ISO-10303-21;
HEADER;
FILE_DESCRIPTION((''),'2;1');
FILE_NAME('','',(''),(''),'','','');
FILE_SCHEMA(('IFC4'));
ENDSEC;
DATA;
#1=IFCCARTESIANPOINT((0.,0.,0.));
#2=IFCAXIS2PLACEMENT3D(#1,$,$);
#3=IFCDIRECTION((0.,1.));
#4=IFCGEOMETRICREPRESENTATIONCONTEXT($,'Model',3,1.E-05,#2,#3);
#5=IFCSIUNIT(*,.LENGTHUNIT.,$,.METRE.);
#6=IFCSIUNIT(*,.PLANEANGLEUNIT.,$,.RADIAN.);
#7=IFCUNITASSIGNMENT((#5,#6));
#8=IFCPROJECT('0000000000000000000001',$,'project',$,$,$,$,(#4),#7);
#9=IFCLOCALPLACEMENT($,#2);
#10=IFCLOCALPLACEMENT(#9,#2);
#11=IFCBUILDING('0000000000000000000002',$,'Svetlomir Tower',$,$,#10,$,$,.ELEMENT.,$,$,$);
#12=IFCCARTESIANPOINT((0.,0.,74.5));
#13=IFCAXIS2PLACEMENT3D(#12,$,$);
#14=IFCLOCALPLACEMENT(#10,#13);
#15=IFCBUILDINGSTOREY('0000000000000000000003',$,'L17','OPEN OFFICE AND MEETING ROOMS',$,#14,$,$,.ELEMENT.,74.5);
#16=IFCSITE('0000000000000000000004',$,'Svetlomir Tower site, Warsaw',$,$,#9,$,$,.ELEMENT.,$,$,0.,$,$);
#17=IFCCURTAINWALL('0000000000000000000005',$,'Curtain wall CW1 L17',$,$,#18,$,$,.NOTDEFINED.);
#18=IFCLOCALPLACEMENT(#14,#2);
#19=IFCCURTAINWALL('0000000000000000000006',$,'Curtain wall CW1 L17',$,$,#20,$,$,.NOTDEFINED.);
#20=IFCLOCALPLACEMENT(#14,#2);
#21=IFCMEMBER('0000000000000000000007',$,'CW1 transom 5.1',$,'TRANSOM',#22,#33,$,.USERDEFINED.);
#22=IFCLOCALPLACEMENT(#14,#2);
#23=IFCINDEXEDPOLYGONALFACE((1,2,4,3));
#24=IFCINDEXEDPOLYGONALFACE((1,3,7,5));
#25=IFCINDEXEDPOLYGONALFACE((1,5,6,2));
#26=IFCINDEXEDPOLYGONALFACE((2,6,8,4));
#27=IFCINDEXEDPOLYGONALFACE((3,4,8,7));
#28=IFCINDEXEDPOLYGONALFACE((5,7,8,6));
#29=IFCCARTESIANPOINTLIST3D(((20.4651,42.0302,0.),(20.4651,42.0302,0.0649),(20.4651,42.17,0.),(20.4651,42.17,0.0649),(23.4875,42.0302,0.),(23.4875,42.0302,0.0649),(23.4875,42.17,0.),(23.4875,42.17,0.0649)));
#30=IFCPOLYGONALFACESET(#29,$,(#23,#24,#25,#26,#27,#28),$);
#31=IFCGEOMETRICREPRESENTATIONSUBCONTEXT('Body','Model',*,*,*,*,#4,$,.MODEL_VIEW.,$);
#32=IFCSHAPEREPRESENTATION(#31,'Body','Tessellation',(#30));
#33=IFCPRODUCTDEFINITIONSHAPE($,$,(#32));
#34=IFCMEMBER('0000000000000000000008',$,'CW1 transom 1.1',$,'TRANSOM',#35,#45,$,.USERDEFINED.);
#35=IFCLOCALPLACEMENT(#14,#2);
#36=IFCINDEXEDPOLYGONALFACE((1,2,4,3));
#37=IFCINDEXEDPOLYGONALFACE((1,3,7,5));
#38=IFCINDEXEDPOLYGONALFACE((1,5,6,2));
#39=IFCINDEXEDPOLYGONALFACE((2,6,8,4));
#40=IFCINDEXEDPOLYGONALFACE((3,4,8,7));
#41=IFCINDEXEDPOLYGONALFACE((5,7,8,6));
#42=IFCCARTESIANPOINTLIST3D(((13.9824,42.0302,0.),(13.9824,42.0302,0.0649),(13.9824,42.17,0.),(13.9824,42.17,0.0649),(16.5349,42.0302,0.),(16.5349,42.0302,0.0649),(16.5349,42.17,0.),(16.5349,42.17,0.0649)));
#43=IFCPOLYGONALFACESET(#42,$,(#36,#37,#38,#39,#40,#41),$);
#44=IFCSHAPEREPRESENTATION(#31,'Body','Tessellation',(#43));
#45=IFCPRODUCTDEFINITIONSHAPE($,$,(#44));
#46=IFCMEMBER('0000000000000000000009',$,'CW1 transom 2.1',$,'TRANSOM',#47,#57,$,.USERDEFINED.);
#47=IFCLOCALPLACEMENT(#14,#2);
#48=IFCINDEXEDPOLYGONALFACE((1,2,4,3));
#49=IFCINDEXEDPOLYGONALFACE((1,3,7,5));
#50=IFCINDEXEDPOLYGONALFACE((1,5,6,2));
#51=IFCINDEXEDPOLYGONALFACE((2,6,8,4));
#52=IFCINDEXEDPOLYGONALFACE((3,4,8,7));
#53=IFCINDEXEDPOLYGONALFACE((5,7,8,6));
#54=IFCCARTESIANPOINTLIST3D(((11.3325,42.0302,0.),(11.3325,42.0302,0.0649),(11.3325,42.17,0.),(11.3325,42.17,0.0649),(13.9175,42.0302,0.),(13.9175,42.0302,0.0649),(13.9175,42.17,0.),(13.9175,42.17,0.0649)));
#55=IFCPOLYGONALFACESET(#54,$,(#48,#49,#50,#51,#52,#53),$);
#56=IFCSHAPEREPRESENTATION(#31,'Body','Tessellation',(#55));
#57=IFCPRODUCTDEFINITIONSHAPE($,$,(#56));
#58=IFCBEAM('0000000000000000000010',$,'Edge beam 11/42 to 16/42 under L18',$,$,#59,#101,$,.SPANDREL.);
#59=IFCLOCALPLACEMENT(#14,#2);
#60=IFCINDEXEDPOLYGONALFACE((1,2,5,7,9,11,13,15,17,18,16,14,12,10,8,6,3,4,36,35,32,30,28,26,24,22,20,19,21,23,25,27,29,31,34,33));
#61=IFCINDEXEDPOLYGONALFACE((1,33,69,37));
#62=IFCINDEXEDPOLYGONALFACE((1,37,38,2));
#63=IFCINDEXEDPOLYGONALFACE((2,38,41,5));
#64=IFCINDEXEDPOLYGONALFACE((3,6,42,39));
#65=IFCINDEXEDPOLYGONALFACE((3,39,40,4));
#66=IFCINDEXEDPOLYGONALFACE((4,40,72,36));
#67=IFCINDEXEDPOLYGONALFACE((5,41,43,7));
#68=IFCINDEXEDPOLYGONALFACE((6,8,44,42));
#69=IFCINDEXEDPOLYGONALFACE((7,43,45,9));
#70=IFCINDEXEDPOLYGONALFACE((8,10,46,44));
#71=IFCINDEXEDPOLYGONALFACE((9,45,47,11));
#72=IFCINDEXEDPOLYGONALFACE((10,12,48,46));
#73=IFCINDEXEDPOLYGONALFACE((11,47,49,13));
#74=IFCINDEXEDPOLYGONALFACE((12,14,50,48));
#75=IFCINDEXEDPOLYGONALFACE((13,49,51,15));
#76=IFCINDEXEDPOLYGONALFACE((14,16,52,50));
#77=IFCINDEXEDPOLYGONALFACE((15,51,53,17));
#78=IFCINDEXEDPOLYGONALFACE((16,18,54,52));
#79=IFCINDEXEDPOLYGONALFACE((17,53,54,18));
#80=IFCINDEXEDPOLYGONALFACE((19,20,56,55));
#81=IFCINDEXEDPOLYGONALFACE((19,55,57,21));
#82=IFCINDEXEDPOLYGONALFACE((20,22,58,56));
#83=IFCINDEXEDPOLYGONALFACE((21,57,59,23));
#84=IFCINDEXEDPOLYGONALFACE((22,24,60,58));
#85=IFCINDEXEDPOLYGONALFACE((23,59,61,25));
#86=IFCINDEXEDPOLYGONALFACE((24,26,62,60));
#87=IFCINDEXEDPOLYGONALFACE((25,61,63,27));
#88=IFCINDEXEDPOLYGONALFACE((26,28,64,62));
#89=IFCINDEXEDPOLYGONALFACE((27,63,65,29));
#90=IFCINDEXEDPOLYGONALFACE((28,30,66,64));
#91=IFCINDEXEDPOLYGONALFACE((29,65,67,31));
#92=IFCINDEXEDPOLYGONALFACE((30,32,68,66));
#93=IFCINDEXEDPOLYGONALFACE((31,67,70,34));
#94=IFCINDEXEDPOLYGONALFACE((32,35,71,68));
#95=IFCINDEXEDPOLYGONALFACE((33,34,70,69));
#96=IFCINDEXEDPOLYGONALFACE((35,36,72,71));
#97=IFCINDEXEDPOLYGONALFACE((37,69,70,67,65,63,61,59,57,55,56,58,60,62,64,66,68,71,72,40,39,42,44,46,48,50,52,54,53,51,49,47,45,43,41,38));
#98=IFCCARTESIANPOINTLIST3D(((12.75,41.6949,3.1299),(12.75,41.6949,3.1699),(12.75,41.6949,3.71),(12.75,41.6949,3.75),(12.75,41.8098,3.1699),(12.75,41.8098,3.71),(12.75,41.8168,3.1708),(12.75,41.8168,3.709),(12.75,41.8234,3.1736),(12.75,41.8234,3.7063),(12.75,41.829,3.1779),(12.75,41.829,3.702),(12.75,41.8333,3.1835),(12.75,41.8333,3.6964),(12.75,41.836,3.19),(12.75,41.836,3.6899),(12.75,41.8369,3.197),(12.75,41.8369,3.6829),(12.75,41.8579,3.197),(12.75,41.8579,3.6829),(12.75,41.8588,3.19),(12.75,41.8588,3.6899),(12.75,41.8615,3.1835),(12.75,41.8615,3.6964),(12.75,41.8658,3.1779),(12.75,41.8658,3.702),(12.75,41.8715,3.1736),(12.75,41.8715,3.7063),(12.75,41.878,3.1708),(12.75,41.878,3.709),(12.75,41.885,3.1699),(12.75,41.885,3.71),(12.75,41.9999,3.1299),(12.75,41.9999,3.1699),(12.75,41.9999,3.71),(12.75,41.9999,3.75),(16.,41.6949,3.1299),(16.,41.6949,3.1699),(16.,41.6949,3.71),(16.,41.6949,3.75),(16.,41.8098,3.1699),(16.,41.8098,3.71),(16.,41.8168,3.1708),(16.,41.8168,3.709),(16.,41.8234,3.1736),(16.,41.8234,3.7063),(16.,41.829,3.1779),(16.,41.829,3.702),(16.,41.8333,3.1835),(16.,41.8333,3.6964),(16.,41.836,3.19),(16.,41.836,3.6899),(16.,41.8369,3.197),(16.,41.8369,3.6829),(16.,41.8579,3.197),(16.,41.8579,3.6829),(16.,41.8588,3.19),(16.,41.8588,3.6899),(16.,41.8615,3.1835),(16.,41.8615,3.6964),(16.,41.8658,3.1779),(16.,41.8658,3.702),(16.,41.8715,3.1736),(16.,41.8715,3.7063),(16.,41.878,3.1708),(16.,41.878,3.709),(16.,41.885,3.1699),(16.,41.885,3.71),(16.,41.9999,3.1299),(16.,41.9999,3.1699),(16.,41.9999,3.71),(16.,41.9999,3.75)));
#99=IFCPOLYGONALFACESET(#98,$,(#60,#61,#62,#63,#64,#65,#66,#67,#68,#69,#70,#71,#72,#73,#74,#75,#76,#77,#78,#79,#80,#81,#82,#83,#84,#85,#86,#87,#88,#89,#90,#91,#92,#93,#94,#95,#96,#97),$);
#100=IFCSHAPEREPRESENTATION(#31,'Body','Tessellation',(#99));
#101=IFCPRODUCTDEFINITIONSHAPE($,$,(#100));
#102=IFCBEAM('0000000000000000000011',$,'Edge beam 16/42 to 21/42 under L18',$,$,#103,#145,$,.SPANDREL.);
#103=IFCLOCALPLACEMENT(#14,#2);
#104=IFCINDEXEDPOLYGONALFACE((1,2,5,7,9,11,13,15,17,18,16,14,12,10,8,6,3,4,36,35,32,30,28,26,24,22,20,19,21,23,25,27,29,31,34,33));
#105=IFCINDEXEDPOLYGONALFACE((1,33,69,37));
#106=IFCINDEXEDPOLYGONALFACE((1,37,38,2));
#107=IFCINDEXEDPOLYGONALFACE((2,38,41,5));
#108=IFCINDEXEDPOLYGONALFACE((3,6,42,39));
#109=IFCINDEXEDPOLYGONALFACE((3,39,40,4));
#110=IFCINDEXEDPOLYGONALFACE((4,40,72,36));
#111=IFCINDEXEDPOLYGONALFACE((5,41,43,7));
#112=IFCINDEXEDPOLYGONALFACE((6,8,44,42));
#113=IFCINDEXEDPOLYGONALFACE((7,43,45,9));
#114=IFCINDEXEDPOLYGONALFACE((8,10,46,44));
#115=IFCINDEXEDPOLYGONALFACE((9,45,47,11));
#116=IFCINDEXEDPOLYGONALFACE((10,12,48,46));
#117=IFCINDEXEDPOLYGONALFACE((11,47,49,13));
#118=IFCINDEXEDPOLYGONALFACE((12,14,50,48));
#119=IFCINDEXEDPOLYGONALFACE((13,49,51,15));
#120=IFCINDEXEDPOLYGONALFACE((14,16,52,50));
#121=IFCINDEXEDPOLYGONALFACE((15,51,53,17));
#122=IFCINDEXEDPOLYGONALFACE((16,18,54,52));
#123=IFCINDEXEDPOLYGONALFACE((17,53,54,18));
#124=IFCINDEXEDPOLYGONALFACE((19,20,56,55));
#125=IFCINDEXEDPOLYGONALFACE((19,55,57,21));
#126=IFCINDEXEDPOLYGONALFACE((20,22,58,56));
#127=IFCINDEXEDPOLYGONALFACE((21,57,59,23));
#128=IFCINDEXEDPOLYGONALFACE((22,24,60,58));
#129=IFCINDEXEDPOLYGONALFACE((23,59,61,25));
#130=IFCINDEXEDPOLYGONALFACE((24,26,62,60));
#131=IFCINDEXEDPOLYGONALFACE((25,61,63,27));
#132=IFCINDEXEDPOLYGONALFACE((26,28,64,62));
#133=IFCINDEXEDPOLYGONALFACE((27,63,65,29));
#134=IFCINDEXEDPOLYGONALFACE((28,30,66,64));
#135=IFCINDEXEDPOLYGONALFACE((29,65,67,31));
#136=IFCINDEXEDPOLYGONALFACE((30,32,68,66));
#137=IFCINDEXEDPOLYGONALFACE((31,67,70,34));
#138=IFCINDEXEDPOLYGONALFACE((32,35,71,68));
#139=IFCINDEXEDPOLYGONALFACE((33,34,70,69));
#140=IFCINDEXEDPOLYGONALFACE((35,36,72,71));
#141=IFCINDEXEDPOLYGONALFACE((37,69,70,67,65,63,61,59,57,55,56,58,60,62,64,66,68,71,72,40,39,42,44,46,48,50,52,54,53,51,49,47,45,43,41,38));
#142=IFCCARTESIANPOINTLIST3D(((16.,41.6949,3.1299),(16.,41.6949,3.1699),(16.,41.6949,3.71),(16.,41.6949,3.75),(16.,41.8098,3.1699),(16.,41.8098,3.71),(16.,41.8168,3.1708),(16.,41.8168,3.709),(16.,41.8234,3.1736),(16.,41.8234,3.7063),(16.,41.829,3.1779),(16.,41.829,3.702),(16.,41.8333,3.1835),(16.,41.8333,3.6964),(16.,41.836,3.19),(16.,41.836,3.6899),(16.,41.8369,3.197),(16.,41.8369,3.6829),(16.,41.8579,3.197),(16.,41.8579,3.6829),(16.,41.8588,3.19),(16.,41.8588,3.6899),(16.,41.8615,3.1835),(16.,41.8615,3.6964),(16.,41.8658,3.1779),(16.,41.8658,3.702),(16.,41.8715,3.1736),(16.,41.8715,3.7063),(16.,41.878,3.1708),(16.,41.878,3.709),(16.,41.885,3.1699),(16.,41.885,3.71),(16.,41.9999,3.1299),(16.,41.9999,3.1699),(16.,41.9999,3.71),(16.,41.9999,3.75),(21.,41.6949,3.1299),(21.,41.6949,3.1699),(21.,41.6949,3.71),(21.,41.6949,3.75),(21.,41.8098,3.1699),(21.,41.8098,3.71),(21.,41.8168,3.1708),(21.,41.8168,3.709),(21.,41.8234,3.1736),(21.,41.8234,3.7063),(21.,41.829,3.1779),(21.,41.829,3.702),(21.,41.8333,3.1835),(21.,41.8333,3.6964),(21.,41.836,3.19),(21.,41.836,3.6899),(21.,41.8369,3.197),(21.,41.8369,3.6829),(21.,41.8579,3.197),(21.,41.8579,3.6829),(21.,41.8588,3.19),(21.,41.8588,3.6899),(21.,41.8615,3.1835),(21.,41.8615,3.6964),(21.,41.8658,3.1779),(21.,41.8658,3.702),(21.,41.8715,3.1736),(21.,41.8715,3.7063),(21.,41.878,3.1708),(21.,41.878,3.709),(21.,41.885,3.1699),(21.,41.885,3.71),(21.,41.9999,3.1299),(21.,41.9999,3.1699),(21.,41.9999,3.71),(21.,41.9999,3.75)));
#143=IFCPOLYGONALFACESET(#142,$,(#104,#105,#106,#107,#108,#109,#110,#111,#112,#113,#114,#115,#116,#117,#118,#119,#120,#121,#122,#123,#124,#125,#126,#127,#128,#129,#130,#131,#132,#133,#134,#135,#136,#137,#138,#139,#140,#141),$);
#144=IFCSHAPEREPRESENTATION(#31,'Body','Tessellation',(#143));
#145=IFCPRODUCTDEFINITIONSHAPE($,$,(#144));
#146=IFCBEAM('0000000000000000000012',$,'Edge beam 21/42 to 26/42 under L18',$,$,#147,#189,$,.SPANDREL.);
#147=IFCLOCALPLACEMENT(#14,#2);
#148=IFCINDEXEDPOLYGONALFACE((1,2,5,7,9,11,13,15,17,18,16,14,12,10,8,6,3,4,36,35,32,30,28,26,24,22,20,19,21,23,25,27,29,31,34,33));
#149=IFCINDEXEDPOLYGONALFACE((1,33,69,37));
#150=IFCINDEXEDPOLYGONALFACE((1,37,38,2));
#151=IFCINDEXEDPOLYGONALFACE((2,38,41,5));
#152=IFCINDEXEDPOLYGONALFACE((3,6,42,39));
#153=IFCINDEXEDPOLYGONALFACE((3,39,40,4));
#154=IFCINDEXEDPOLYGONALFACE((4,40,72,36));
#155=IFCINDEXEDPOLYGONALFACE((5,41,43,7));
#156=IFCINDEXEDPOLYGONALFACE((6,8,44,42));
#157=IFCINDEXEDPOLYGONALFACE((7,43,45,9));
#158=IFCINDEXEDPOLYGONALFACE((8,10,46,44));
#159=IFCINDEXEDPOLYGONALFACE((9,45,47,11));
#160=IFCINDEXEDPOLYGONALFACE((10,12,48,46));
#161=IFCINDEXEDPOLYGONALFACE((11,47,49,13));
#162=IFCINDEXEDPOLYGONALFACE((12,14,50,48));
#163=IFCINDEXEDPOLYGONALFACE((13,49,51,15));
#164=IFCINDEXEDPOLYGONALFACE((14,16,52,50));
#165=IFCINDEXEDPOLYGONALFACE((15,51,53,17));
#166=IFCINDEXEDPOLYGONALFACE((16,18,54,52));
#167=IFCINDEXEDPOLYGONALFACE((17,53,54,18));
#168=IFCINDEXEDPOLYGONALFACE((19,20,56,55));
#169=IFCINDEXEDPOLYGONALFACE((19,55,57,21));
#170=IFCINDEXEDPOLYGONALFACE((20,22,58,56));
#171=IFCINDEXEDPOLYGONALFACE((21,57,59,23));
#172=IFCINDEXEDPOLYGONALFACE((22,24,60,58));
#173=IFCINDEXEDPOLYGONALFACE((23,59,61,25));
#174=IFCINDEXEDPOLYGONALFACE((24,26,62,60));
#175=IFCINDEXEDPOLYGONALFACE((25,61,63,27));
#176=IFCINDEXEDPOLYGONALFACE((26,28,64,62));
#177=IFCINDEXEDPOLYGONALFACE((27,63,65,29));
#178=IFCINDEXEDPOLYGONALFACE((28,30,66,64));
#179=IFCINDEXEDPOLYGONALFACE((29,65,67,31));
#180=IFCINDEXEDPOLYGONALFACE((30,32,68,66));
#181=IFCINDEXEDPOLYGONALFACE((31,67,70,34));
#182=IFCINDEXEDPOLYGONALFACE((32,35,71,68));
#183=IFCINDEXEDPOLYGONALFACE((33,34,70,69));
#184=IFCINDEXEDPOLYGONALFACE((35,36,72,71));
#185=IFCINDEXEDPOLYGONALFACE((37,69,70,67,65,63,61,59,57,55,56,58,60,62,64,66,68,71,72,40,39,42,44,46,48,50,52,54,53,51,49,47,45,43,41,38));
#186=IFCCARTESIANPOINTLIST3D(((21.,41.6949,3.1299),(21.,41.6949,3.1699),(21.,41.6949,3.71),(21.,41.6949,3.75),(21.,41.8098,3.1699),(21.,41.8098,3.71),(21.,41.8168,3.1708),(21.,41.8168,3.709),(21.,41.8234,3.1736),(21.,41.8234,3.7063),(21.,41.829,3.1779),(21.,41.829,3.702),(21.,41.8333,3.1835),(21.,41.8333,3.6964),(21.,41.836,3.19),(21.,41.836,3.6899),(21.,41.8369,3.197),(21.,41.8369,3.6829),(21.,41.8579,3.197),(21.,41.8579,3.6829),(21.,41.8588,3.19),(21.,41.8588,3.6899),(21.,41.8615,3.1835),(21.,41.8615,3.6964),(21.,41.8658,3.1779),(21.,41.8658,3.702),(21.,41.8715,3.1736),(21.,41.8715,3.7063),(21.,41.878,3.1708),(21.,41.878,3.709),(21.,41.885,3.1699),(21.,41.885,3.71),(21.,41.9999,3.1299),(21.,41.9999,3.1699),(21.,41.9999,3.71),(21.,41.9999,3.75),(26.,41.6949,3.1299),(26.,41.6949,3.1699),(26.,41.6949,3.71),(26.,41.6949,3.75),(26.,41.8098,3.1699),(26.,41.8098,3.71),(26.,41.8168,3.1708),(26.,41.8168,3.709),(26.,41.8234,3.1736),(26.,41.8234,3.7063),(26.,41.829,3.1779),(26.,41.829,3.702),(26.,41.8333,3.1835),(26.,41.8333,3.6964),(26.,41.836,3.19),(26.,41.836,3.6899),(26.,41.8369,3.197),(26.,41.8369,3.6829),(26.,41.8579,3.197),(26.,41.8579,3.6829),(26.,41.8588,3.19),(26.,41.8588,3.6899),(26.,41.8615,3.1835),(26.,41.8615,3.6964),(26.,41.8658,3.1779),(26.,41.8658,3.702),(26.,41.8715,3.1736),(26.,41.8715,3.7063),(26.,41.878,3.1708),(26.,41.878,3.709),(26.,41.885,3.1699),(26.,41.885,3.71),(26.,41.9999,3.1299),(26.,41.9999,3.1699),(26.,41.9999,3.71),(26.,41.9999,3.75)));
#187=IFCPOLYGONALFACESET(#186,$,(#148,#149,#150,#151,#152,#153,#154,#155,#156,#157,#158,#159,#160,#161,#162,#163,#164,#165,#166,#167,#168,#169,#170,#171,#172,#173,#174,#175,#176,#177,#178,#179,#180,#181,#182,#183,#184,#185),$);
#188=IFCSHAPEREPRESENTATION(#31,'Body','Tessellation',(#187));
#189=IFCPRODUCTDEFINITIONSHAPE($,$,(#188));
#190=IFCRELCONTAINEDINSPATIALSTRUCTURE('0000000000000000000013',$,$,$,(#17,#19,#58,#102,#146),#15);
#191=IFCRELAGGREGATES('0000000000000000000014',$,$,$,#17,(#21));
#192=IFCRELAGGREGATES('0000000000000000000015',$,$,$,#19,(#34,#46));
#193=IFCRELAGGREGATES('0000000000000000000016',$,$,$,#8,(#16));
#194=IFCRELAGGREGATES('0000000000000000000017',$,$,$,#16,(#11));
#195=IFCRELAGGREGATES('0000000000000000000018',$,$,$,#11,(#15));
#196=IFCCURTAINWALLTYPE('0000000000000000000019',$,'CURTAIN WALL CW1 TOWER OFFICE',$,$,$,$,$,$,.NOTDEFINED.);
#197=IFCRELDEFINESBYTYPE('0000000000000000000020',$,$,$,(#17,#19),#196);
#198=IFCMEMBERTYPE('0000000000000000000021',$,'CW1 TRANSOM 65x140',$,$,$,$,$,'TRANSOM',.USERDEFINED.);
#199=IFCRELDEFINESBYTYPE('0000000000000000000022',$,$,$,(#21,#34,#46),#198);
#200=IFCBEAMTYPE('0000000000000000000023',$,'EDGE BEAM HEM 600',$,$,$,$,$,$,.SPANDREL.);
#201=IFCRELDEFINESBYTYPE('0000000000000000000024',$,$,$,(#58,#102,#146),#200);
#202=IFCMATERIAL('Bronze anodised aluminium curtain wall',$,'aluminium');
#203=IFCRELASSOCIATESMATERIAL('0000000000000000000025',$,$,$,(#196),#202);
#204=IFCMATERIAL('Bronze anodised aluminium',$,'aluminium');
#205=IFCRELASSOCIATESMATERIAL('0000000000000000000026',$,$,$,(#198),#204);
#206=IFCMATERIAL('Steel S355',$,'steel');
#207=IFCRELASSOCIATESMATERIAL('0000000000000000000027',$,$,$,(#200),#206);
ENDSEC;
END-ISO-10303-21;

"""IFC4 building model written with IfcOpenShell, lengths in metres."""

from ifc_helpers import new_model, si_unit, direction, frame, origin, origin_2d, place, context, subcontext, project, spatial, rectangle, i_section, extrude, material, material_profile, profile_set, type_object, element, aggregate, save


model = new_model("IFC4")

# Units and contexts
model_context = context("Model", 3, precision=1e-05, world=origin(), true_north=direction((0.0, 1.0)))
body_context = subcontext(model_context, "Body", "Model", "MODEL_VIEW")
ifc_project = project(units=[si_unit("LENGTHUNIT", "METRE"), si_unit("PLANEANGLEUNIT", "RADIAN")], contexts=[model_context])

# Site, building, storey
site_placement = place(None, origin())
site = spatial("IfcSite", under=ifc_project, at=site_placement, Name="Svetlomir Tower site, Warsaw", CompositionType="ELEMENT", RefElevation=0.0)
building_placement = place(site_placement, origin())
building = spatial("IfcBuilding", under=site, at=building_placement, Name="Svetlomir Tower", CompositionType="ELEMENT")
storey_placement = place(building_placement, frame((0.0, 0.0, 74.5)))
storey = spatial("IfcBuildingStorey", under=building, at=storey_placement, Name="L17", Description="OPEN OFFICE AND MEETING ROOMS", CompositionType="ELEMENT", Elevation=74.5)

# Curtain walls
ifc_material_1 = material(Name="Bronze anodised aluminium curtain wall", Category="aluminium")
curtain_wall_type = type_object("IfcCurtainWallType", Name="CURTAIN WALL CW1 TOWER OFFICE", PredefinedType="NOTDEFINED", material=ifc_material_1)
curtain_wall_1_placement = place(storey_placement, origin())
curtain_wall_1 = element("IfcCurtainWall", 1, at=curtain_wall_1_placement, inside=storey, type_object=curtain_wall_type, Name="Curtain wall CW1 L17", PredefinedType="NOTDEFINED")
curtain_wall_2_placement = place(storey_placement, origin())
curtain_wall_2 = element("IfcCurtainWall", 2, at=curtain_wall_2_placement, inside=storey, type_object=curtain_wall_type, Name="Curtain wall CW1 L17", PredefinedType="NOTDEFINED")

# Members
ifc_material_2 = material(Name="Bronze anodised aluminium", Category="aluminium")
ifc_material_profile_1 = material_profile(ifc_material_2, rectangle(XDim=0.1399, YDim=0.0649, at=origin_2d()), Name="AL 140x65")
ifc_profile_set_1 = profile_set([ifc_material_profile_1], Name="Bronze anodised aluminium 6063-T6")
member_type_1 = type_object("IfcMemberType", Name="CW1 TRANSOM 65x140", ElementType="TRANSOM", PredefinedType="USERDEFINED", material=ifc_profile_set_1)
member_1_placement = place(storey_placement, frame((23.4875, 42.1001, 0.0325), z_axis=(-1.0, 0.0, 0.0), x_axis=(0.0, -1.0, 0.0)))
member_1 = element("IfcMember", 3, at=member_1_placement, type_object=member_type_1, Name="CW1 transom 5.1", ObjectType="TRANSOM", PredefinedType="USERDEFINED", context=body_context, shape_type="SweptSolid", body=[
    extrude(rectangle(XDim=0.1399, YDim=0.0649, at=origin_2d()), origin(), (0.0, 0.0, 1.0), 3.0225),
])
member_2_placement = place(storey_placement, frame((16.5349, 42.1001, 0.0325), z_axis=(-1.0, 0.0, 0.0), x_axis=(0.0, -1.0, 0.0)))
member_2 = element("IfcMember", 4, at=member_2_placement, type_object=member_type_1, Name="CW1 transom 1.1", ObjectType="TRANSOM", PredefinedType="USERDEFINED", context=body_context, shape_type="SweptSolid", body=[
    extrude(rectangle(XDim=0.1399, YDim=0.0649, at=origin_2d()), origin(), (0.0, 0.0, 1.0), 2.5525),
])
member_3_placement = place(storey_placement, frame((13.9175, 42.1001, 0.0325), z_axis=(-1.0, 0.0, 0.0), x_axis=(0.0, -1.0, 0.0)))
member_3 = element("IfcMember", 5, at=member_3_placement, type_object=member_type_1, Name="CW1 transom 2.1", ObjectType="TRANSOM", PredefinedType="USERDEFINED", context=body_context, shape_type="SweptSolid", body=[
    extrude(rectangle(XDim=0.1399, YDim=0.0649, at=origin_2d()), origin(), (0.0, 0.0, 1.0), 2.585),
])

# Beams
ifc_material_3 = material(Name="Steel S355", Category="steel")
ifc_material_profile_2 = material_profile(ifc_material_3, i_section(OverallWidth=0.3049, OverallDepth=0.6201, WebThickness=0.021, FlangeThickness=0.04, FilletRadius=0.0271, at=origin_2d()), Name="HEM 600")
ifc_profile_set_2 = profile_set([ifc_material_profile_2], Name="Steel S355")
beam_type_1 = type_object("IfcBeamType", Name="EDGE BEAM HEM 600", PredefinedType="SPANDREL", material=ifc_profile_set_2)
beam_1_placement = place(storey_placement, frame((12.75, 41.8474, 3.4399), z_axis=(1.0, 0.0, 0.0), x_axis=(0.0, 1.0, 0.0)))
element("IfcBeam", 6, at=beam_1_placement, inside=storey, type_object=beam_type_1, Name="Edge beam 11/42 to 16/42 under L18", PredefinedType="SPANDREL", context=body_context, shape_type="SweptSolid", body=[
    extrude(i_section(OverallWidth=0.3049, OverallDepth=0.6201, WebThickness=0.021, FlangeThickness=0.04, FilletRadius=0.0271, at=origin_2d()), origin(), (0.0, 0.0, 1.0), 3.25),
])
for number, where, z_axis, x_axis, name in (
    (7, (16.0, 41.8474, 3.4399), (1.0, 0.0, 0.0), (0.0, 1.0, 0.0), "Edge beam 16/42 to 21/42 under L18"),
    (8, (21.0, 41.8474, 3.4399), (1.0, 0.0, 0.0), (0.0, 1.0, 0.0), "Edge beam 21/42 to 26/42 under L18"),
):
    element("IfcBeam", number, at=place(storey_placement, frame(where, z_axis=z_axis, x_axis=x_axis)), inside=storey, type_object=beam_type_1, Name=name, PredefinedType="SPANDREL", context=body_context, shape_type="SweptSolid", body=[
        extrude(i_section(OverallWidth=0.3049, OverallDepth=0.6201, WebThickness=0.021, FlangeThickness=0.04, FilletRadius=0.0271, at=origin_2d()), origin(), (0.0, 0.0, 1.0), 5.0),
    ])

aggregate(curtain_wall_1, [member_1])
aggregate(curtain_wall_2, [member_2, member_3])

save(model, "model.ifc")
